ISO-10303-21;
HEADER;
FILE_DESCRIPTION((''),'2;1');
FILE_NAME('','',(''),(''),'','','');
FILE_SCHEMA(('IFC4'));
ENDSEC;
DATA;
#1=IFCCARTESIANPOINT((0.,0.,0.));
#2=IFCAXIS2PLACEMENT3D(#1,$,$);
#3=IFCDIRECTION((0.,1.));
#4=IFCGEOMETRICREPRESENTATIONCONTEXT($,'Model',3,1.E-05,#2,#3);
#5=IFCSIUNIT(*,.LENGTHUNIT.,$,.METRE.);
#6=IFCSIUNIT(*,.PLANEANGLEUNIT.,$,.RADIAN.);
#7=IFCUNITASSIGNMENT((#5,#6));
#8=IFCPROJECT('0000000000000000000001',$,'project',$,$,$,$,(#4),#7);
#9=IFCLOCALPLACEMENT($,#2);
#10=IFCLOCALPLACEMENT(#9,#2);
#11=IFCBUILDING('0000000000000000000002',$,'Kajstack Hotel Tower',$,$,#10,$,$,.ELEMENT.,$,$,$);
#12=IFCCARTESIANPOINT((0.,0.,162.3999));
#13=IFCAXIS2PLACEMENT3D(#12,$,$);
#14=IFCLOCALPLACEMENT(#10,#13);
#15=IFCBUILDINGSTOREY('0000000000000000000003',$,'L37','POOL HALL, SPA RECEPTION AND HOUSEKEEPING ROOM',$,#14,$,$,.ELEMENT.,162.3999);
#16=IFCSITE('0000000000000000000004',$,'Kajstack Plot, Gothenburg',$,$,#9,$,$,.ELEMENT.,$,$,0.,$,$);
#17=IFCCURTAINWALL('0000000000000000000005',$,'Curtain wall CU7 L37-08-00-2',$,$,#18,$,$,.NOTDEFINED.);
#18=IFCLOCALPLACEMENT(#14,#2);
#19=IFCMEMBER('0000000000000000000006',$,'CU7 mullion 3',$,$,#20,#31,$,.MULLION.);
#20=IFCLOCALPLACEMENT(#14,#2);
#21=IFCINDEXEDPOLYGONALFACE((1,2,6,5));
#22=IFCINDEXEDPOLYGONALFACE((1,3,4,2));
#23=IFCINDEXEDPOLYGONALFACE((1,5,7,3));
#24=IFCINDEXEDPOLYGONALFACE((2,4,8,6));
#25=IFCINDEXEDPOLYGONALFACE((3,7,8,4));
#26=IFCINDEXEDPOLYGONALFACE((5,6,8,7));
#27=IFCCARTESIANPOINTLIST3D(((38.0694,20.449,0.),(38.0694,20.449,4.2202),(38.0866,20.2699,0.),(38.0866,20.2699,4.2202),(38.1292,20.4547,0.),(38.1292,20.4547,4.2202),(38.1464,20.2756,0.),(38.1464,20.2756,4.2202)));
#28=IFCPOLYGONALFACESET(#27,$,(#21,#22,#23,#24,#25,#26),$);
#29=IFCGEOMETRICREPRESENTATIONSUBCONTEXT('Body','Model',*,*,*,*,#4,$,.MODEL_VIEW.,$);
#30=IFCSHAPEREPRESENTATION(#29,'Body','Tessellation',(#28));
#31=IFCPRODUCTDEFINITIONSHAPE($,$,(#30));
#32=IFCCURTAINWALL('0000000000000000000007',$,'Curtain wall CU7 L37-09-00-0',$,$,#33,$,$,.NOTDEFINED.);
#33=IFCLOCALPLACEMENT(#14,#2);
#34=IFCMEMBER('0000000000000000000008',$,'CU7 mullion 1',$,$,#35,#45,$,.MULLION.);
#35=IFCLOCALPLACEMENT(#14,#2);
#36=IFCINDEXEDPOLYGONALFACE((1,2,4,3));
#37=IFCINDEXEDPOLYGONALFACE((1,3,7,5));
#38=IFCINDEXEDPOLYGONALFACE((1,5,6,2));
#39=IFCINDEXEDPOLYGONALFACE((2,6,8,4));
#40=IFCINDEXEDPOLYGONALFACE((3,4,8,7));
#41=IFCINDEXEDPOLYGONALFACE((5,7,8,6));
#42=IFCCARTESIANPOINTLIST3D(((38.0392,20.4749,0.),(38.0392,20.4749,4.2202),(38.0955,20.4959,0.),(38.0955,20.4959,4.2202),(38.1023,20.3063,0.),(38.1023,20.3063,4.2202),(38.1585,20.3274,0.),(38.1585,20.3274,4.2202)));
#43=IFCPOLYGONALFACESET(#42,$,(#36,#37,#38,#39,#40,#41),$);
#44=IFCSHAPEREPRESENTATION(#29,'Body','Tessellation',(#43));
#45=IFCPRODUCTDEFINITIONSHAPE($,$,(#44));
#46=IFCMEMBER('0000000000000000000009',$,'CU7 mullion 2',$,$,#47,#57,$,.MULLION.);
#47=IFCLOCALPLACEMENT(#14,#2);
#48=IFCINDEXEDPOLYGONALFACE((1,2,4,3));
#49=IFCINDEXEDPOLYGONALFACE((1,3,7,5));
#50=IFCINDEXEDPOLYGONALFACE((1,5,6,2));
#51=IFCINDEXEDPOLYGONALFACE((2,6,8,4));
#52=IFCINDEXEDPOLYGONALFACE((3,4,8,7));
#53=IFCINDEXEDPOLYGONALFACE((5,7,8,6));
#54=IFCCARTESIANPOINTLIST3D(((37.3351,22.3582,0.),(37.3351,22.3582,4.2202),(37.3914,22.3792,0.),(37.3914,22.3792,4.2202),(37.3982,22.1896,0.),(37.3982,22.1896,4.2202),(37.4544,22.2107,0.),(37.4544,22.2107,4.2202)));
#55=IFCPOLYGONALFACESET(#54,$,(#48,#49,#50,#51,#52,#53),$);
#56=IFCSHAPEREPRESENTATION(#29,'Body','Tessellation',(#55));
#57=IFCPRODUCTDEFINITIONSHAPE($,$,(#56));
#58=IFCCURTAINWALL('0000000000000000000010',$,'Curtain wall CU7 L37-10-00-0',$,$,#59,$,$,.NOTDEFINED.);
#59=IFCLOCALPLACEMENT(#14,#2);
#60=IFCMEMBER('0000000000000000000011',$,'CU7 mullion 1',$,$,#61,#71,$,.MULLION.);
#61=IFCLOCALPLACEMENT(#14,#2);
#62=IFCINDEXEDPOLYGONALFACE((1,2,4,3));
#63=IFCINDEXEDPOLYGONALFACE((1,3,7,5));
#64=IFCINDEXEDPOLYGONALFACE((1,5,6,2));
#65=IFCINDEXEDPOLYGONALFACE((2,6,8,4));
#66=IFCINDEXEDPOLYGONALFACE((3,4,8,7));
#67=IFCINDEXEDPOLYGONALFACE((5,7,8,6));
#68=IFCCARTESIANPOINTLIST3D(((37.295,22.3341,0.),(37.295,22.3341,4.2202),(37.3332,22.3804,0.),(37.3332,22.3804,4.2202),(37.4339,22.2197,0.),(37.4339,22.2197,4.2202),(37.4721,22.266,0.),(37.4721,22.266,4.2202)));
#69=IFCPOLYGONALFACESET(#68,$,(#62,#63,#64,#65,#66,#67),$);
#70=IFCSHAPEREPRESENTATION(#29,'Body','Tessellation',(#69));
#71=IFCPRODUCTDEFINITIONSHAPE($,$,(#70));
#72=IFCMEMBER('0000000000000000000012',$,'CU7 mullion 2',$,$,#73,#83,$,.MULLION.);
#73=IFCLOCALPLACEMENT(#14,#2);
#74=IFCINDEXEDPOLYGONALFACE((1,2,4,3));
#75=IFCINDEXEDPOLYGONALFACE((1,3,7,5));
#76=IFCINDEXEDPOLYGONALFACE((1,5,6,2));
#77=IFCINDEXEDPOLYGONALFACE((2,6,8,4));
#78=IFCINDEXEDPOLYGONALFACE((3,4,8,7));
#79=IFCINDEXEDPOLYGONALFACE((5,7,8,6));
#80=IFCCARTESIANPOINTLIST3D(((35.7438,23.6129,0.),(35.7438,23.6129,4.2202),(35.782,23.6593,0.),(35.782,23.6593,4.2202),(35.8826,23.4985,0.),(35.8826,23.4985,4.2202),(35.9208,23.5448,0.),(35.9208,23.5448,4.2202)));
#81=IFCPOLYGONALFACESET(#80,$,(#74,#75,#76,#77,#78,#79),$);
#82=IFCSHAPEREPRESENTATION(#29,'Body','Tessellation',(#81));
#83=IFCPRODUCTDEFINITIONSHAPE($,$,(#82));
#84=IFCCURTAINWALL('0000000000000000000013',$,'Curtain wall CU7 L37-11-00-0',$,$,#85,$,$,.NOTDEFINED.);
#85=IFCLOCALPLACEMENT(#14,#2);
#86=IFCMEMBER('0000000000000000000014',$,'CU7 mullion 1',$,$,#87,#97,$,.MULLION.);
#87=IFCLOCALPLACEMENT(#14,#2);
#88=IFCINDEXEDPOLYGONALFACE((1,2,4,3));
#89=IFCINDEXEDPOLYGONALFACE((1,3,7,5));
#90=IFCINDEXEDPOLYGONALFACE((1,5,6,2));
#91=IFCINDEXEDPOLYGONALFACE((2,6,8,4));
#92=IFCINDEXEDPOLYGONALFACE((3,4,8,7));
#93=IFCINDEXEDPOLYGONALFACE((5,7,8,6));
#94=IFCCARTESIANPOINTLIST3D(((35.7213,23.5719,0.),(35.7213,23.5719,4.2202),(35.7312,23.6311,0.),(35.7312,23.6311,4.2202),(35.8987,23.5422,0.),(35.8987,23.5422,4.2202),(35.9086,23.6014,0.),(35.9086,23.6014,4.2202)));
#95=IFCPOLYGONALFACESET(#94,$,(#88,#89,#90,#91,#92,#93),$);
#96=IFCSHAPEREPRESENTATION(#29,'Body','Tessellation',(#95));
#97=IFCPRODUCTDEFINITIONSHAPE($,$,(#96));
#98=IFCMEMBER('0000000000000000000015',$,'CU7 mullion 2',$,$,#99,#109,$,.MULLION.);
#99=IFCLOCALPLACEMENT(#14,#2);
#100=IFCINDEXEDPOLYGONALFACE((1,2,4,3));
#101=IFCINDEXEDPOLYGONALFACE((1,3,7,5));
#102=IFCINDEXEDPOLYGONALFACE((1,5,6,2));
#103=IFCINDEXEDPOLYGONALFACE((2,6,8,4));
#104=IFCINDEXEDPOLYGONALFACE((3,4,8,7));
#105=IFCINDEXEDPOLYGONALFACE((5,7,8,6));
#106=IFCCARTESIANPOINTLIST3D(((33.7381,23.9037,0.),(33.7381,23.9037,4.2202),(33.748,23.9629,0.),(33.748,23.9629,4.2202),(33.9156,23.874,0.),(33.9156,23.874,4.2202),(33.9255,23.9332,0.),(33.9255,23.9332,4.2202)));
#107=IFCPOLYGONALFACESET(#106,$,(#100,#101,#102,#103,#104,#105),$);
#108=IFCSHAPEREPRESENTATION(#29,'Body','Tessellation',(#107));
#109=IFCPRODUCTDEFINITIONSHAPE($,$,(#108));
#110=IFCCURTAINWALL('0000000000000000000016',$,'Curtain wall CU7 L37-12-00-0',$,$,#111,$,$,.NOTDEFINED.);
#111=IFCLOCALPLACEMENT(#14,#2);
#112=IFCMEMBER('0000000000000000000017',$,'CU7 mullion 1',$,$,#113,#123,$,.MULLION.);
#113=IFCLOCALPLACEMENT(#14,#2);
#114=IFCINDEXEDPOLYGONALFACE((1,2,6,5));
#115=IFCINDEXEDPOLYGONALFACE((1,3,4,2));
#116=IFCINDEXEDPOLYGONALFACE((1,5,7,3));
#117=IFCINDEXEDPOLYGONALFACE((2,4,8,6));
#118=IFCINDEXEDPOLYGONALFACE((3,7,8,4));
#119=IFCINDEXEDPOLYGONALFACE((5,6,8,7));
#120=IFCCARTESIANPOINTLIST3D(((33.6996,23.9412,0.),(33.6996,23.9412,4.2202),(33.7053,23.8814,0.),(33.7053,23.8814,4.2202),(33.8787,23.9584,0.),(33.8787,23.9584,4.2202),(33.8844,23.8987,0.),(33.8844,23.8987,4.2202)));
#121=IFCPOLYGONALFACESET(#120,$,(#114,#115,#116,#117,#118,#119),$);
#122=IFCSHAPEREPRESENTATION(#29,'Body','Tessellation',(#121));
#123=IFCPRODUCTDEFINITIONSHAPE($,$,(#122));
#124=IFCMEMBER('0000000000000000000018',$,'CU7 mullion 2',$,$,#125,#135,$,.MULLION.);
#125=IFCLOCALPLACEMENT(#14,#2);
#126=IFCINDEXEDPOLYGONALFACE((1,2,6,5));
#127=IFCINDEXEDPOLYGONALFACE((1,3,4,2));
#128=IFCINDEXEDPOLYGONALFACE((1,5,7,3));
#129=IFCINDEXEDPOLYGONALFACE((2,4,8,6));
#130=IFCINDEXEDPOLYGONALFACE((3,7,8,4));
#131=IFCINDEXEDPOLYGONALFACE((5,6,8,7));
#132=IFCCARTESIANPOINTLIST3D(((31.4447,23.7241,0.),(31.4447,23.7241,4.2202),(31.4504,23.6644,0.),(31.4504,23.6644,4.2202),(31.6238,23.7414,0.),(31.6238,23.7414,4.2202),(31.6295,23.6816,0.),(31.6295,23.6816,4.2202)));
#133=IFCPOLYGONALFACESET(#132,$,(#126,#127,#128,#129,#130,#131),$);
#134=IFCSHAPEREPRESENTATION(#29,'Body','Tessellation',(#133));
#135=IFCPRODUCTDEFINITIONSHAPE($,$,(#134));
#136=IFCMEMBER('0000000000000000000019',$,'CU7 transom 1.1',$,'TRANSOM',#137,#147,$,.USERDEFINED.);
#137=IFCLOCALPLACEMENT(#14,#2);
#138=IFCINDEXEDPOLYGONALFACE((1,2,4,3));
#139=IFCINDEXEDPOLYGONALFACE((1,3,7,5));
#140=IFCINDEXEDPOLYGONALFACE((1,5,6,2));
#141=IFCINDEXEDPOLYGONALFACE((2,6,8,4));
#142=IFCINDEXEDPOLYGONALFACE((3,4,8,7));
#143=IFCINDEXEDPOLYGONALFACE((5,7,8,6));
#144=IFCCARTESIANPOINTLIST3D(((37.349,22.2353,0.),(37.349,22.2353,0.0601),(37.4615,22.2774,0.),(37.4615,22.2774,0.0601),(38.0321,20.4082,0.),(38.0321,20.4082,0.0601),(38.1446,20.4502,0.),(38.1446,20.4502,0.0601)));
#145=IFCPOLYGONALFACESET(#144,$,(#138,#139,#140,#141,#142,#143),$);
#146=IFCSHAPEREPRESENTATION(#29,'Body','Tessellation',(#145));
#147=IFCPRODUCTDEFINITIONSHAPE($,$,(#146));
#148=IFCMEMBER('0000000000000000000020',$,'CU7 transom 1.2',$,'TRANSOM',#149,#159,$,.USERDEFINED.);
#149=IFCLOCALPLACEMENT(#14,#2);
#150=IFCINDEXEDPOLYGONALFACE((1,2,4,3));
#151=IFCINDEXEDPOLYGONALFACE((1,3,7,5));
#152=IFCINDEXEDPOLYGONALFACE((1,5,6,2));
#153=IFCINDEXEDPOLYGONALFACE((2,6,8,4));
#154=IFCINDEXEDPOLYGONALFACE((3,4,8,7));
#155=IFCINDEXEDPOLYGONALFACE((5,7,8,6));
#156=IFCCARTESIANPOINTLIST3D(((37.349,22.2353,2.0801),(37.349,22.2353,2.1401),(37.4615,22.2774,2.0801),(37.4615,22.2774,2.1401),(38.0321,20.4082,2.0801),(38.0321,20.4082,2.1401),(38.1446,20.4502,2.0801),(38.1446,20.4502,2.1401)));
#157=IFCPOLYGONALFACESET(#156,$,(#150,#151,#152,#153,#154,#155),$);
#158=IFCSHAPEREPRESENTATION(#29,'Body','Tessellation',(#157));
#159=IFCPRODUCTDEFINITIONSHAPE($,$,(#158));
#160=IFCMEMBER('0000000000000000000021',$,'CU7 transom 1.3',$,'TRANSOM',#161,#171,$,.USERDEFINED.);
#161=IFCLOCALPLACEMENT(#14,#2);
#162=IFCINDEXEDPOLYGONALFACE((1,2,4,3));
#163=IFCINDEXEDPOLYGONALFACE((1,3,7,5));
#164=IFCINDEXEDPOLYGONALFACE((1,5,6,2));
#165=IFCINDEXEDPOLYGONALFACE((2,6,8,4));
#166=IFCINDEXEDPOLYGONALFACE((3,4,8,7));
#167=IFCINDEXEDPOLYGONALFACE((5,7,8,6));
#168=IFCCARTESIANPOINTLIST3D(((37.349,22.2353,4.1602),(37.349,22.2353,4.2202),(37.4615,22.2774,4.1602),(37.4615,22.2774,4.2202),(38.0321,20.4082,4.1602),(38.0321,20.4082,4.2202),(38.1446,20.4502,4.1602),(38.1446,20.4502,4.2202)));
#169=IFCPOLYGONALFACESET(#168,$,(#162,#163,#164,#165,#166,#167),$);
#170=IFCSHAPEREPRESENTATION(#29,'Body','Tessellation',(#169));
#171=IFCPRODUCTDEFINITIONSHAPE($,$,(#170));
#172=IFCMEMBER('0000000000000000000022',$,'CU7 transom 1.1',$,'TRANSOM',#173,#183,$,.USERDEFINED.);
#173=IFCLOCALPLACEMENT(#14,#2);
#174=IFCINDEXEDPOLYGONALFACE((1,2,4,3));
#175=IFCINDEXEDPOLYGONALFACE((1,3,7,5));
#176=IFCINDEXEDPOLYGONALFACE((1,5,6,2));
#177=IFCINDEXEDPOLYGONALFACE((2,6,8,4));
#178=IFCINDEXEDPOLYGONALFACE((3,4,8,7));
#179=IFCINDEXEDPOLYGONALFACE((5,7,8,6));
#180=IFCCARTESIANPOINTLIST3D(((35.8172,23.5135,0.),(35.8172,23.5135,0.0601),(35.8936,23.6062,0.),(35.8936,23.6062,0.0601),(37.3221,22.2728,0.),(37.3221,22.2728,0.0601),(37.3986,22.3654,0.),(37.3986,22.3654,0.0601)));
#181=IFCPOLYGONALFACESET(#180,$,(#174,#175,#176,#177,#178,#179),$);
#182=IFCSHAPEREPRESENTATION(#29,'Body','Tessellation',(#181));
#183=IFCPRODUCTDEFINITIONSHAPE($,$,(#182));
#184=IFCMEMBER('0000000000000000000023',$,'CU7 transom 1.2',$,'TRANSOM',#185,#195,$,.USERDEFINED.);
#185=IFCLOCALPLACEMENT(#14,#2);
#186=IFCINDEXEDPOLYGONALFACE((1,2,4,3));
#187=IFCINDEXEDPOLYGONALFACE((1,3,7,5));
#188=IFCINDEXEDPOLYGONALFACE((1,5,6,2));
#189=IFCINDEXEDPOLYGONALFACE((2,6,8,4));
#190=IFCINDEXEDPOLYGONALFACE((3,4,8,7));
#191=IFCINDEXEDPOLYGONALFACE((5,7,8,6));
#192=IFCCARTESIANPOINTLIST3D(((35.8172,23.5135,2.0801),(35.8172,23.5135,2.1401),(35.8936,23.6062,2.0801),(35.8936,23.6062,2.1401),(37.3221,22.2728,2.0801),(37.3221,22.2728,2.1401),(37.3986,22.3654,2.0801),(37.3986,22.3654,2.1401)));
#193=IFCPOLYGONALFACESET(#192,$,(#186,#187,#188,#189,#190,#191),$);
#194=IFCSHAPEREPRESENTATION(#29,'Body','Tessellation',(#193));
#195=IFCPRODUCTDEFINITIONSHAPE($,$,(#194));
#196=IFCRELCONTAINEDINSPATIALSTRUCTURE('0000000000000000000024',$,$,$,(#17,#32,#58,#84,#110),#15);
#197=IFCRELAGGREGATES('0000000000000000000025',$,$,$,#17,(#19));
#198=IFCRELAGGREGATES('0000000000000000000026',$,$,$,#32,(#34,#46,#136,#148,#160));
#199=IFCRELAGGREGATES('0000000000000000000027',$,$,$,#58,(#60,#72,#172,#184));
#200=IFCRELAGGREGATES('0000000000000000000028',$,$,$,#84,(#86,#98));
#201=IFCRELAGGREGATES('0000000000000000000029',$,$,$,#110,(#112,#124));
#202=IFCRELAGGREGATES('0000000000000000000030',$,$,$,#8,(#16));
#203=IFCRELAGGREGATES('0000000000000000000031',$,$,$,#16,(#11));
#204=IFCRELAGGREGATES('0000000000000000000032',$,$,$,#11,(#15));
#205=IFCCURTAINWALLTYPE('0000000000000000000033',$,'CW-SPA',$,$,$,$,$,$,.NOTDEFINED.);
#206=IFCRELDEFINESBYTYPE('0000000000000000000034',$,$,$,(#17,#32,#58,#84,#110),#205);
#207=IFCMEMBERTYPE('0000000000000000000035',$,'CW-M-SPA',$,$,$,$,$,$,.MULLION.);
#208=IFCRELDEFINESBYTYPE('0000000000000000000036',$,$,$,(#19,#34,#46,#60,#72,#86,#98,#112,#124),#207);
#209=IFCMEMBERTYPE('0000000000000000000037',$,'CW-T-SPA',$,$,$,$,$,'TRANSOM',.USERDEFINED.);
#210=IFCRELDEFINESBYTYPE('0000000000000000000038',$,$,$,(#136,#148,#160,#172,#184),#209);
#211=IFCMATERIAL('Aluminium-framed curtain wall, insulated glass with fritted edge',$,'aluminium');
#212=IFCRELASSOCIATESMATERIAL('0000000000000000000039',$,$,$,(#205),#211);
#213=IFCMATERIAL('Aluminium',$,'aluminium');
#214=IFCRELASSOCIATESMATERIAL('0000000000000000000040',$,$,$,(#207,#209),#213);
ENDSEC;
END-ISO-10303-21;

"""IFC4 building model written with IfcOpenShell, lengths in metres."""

from ifc_helpers import new_model, si_unit, direction, frame, origin, origin_2d, place, context, subcontext, project, spatial, rectangle, extrude, material, material_profile, profile_set, type_object, element, aggregate, save


model = new_model("IFC4")

# Units and contexts
model_context = context("Model", 3, precision=1e-05, world=origin(), true_north=direction((0.0, 1.0)))
body_context = subcontext(model_context, "Body", "Model", "MODEL_VIEW")
ifc_project = project(units=[si_unit("LENGTHUNIT", "METRE"), si_unit("PLANEANGLEUNIT", "RADIAN")], contexts=[model_context])

# Site, building, storey
site_placement = place(None, origin())
site = spatial("IfcSite", under=ifc_project, at=site_placement, Name="Kajstack Plot, Gothenburg", CompositionType="ELEMENT", RefElevation=0.0)
building_placement = place(site_placement, origin())
building = spatial("IfcBuilding", under=site, at=building_placement, Name="Kajstack Hotel Tower", CompositionType="ELEMENT")
storey_placement = place(building_placement, frame((0.0, 0.0, 162.3999)))
storey = spatial("IfcBuildingStorey", under=building, at=storey_placement, Name="L37", Description="POOL HALL, SPA RECEPTION AND HOUSEKEEPING ROOM", CompositionType="ELEMENT", Elevation=162.3999)

# Curtain wall, member
ifc_material_1 = material(Name="Aluminium-framed curtain wall, insulated glass with fritted edge", Category="aluminium")
curtain_wall_type = type_object("IfcCurtainWallType", Name="CW-SPA", PredefinedType="NOTDEFINED", material=ifc_material_1)
curtain_wall_1_placement = place(storey_placement, origin())
curtain_wall_1 = element("IfcCurtainWall", 1, at=curtain_wall_1_placement, inside=storey, type_object=curtain_wall_type, Name="Curtain wall CU7 L37-08-00-2", PredefinedType="NOTDEFINED")
ifc_material_2 = material(Name="Aluminium", Category="aluminium")
ifc_material_profile_1 = material_profile(ifc_material_2, rectangle(XDim=0.0601, YDim=0.1799, at=origin_2d()), Name="Aluminium mullion 60 x 180")
ifc_profile_set_1 = profile_set([ifc_material_profile_1], Name="Aluminium")
member_type_1 = type_object("IfcMemberType", Name="CW-M-SPA", PredefinedType="MULLION", material=ifc_profile_set_1)
member_1_placement = place(storey_placement, frame((38.1079, 20.3623, 0.0), z_axis=(0.0, 0.0, 1.0), x_axis=(-0.995396, -0.095844, 0.0)))
member_1 = element("IfcMember", 2, at=member_1_placement, type_object=member_type_1, Name="CU7 mullion 3", PredefinedType="MULLION", context=body_context, shape_type="SweptSolid", body=[
    extrude(rectangle(XDim=0.0601, YDim=0.1799, at=origin_2d()), origin(), (0.0, 0.0, 1.0), 4.2202),
])

# Curtain walls, members
curtain_wall_2_placement = place(storey_placement, origin())
curtain_wall_2 = element("IfcCurtainWall", 3, at=curtain_wall_2_placement, inside=storey, type_object=curtain_wall_type, Name="Curtain wall CU7 L37-09-00-0", PredefinedType="NOTDEFINED")
member_2_placement = place(storey_placement, frame((38.0989, 20.4011, 0.0), z_axis=(0.0, 0.0, 1.0), x_axis=(-0.936664, -0.350229, 0.0)))
member_2 = element("IfcMember", 4, at=member_2_placement, type_object=member_type_1, Name="CU7 mullion 1", PredefinedType="MULLION", context=body_context, shape_type="SweptSolid", body=[
    extrude(rectangle(XDim=0.0601, YDim=0.1799, at=origin_2d()), origin(), (0.0, 0.0, 1.0), 4.2202),
])
member_3_placement = place(storey_placement, frame((37.3948, 22.2844, 0.0), z_axis=(0.0, 0.0, 1.0), x_axis=(-0.936664, -0.350229, 0.0)))
member_3 = element("IfcMember", 5, at=member_3_placement, type_object=member_type_1, Name="CU7 mullion 2", PredefinedType="MULLION", context=body_context, shape_type="SweptSolid", body=[
    extrude(rectangle(XDim=0.0601, YDim=0.1799, at=origin_2d()), origin(), (0.0, 0.0, 1.0), 4.2202),
])
curtain_wall_3_placement = place(storey_placement, origin())
curtain_wall_3 = element("IfcCurtainWall", 6, at=curtain_wall_3_placement, inside=storey, type_object=curtain_wall_type, Name="Curtain wall CU7 L37-10-00-0", PredefinedType="NOTDEFINED")
member_4_placement = place(storey_placement, frame((37.3835, 22.3, 0.0), z_axis=(0.0, 0.0, 1.0), x_axis=(-0.63609, -0.771615, 0.0)))
member_4 = element("IfcMember", 7, at=member_4_placement, type_object=member_type_1, Name="CU7 mullion 1", PredefinedType="MULLION", context=body_context, shape_type="SweptSolid", body=[
    extrude(rectangle(XDim=0.0601, YDim=0.1799, at=origin_2d()), origin(), (0.0, 0.0, 1.0), 4.2202),
])
member_5_placement = place(storey_placement, frame((35.8323, 23.5789, 0.0), z_axis=(0.0, 0.0, 1.0), x_axis=(-0.63609, -0.771615, 0.0)))
member_5 = element("IfcMember", 8, at=member_5_placement, type_object=member_type_1, Name="CU7 mullion 2", PredefinedType="MULLION", context=body_context, shape_type="SweptSolid", body=[
    extrude(rectangle(XDim=0.0601, YDim=0.1799, at=origin_2d()), origin(), (0.0, 0.0, 1.0), 4.2202),
])
curtain_wall_4_placement = place(storey_placement, origin())
curtain_wall_4 = element("IfcCurtainWall", 9, at=curtain_wall_4_placement, inside=storey, type_object=curtain_wall_type, Name="Curtain wall CU7 L37-11-00-0", PredefinedType="NOTDEFINED")
member_6_placement = place(storey_placement, frame((35.8149, 23.5867, 0.0), z_axis=(0.0, 0.0, 1.0), x_axis=(-0.165025, -0.986289, 0.0)))
member_6 = element("IfcMember", 10, at=member_6_placement, type_object=member_type_1, Name="CU7 mullion 1", PredefinedType="MULLION", context=body_context, shape_type="SweptSolid", body=[
    extrude(rectangle(XDim=0.0601, YDim=0.1799, at=origin_2d()), origin(), (0.0, 0.0, 1.0), 4.2202),
])
member_7_placement = place(storey_placement, frame((33.8318, 23.9185, 0.0), z_axis=(0.0, 0.0, 1.0), x_axis=(-0.165025, -0.986289, 0.0)))
member_7 = element("IfcMember", 11, at=member_7_placement, type_object=member_type_1, Name="CU7 mullion 2", PredefinedType="MULLION", context=body_context, shape_type="SweptSolid", body=[
    extrude(rectangle(XDim=0.0601, YDim=0.1799, at=origin_2d()), origin(), (0.0, 0.0, 1.0), 4.2202),
])
curtain_wall_5_placement = place(storey_placement, origin())
curtain_wall_5 = element("IfcCurtainWall", 12, at=curtain_wall_5_placement, inside=storey, type_object=curtain_wall_type, Name="Curtain wall CU7 L37-12-00-0", PredefinedType="NOTDEFINED")
member_8_placement = place(storey_placement, frame((33.792, 23.9199, 0.0), z_axis=(0.0, 0.0, 1.0), x_axis=(0.095845, -0.995396, 0.0)))
member_8 = element("IfcMember", 13, at=member_8_placement, type_object=member_type_1, Name="CU7 mullion 1", PredefinedType="MULLION", context=body_context, shape_type="SweptSolid", body=[
    extrude(rectangle(XDim=0.0601, YDim=0.1799, at=origin_2d()), origin(), (0.0, 0.0, 1.0), 4.2202),
])
member_9_placement = place(storey_placement, frame((31.5371, 23.7029, 0.0), z_axis=(0.0, 0.0, 1.0), x_axis=(0.095845, -0.995396, 0.0)))
member_9 = element("IfcMember", 14, at=member_9_placement, type_object=member_type_1, Name="CU7 mullion 2", PredefinedType="MULLION", context=body_context, shape_type="SweptSolid", body=[
    extrude(rectangle(XDim=0.0601, YDim=0.1799, at=origin_2d()), origin(), (0.0, 0.0, 1.0), 4.2202),
])

# Members
ifc_material_profile_2 = material_profile(ifc_material_2, rectangle(XDim=0.1201, YDim=0.0601, at=origin_2d()), Name="Aluminium transom 120 x 60")
ifc_profile_set_2 = profile_set([ifc_material_profile_2], Name="Aluminium")
member_type_2 = type_object("IfcMemberType", Name="CW-T-SPA", ElementType="TRANSOM", PredefinedType="USERDEFINED", material=ifc_profile_set_2)
member_10_placement = place(storey_placement, frame((38.0884, 20.4292, 0.03), z_axis=(-0.350191, 0.936678, 0.0), x_axis=(-0.936678, -0.350191, 0.0)))
member_10 = element("IfcMember", 15, at=member_10_placement, type_object=member_type_2, Name="CU7 transom 1.1", ObjectType="TRANSOM", PredefinedType="USERDEFINED", context=body_context, shape_type="SweptSolid", body=[
    extrude(rectangle(XDim=0.1201, YDim=0.0601, at=origin_2d()), origin(), (0.0, 0.0, 1.0), 1.9507),
])
member_11_placement = place(storey_placement, frame((38.0884, 20.4292, 2.1101), z_axis=(-0.350191, 0.936678, 0.0), x_axis=(-0.936678, -0.350191, 0.0)))
member_11 = element("IfcMember", 16, at=member_11_placement, type_object=member_type_2, Name="CU7 transom 1.2", ObjectType="TRANSOM", PredefinedType="USERDEFINED", context=body_context, shape_type="SweptSolid", body=[
    extrude(rectangle(XDim=0.1201, YDim=0.0601, at=origin_2d()), origin(), (0.0, 0.0, 1.0), 1.9507),
])
member_12_placement = place(storey_placement, frame((38.0884, 20.4292, 4.1902), z_axis=(-0.350191, 0.936678, 0.0), x_axis=(-0.936678, -0.350191, 0.0)))
member_12 = element("IfcMember", 17, at=member_12_placement, type_object=member_type_2, Name="CU7 transom 1.3", ObjectType="TRANSOM", PredefinedType="USERDEFINED", context=body_context, shape_type="SweptSolid", body=[
    extrude(rectangle(XDim=0.1201, YDim=0.0601, at=origin_2d()), origin(), (0.0, 0.0, 1.0), 1.9507),
])
member_13_placement = place(storey_placement, frame((37.3604, 22.3191, 0.03), z_axis=(-0.771576, 0.636137, 0.0), x_axis=(-0.636137, -0.771576, 0.0)))
member_13 = element("IfcMember", 18, at=member_13_placement, type_object=member_type_2, Name="CU7 transom 1.1", ObjectType="TRANSOM", PredefinedType="USERDEFINED", context=body_context, shape_type="SweptSolid", body=[
    extrude(rectangle(XDim=0.1201, YDim=0.0601, at=origin_2d()), origin(), (0.0, 0.0, 1.0), 1.9504),
])
member_14_placement = place(storey_placement, frame((37.3604, 22.3191, 2.1101), z_axis=(-0.771576, 0.636137, 0.0), x_axis=(-0.636137, -0.771576, 0.0)))
member_14 = element("IfcMember", 19, at=member_14_placement, type_object=member_type_2, Name="CU7 transom 1.2", ObjectType="TRANSOM", PredefinedType="USERDEFINED", context=body_context, shape_type="SweptSolid", body=[
    extrude(rectangle(XDim=0.1201, YDim=0.0601, at=origin_2d()), origin(), (0.0, 0.0, 1.0), 1.9504),
])

aggregate(curtain_wall_1, [member_1])
aggregate(curtain_wall_2, [member_2, member_3, member_10, member_11, member_12])
aggregate(curtain_wall_3, [member_4, member_5, member_13, member_14])
aggregate(curtain_wall_4, [member_6, member_7])
aggregate(curtain_wall_5, [member_8, member_9])

save(model, "model.ifc")
